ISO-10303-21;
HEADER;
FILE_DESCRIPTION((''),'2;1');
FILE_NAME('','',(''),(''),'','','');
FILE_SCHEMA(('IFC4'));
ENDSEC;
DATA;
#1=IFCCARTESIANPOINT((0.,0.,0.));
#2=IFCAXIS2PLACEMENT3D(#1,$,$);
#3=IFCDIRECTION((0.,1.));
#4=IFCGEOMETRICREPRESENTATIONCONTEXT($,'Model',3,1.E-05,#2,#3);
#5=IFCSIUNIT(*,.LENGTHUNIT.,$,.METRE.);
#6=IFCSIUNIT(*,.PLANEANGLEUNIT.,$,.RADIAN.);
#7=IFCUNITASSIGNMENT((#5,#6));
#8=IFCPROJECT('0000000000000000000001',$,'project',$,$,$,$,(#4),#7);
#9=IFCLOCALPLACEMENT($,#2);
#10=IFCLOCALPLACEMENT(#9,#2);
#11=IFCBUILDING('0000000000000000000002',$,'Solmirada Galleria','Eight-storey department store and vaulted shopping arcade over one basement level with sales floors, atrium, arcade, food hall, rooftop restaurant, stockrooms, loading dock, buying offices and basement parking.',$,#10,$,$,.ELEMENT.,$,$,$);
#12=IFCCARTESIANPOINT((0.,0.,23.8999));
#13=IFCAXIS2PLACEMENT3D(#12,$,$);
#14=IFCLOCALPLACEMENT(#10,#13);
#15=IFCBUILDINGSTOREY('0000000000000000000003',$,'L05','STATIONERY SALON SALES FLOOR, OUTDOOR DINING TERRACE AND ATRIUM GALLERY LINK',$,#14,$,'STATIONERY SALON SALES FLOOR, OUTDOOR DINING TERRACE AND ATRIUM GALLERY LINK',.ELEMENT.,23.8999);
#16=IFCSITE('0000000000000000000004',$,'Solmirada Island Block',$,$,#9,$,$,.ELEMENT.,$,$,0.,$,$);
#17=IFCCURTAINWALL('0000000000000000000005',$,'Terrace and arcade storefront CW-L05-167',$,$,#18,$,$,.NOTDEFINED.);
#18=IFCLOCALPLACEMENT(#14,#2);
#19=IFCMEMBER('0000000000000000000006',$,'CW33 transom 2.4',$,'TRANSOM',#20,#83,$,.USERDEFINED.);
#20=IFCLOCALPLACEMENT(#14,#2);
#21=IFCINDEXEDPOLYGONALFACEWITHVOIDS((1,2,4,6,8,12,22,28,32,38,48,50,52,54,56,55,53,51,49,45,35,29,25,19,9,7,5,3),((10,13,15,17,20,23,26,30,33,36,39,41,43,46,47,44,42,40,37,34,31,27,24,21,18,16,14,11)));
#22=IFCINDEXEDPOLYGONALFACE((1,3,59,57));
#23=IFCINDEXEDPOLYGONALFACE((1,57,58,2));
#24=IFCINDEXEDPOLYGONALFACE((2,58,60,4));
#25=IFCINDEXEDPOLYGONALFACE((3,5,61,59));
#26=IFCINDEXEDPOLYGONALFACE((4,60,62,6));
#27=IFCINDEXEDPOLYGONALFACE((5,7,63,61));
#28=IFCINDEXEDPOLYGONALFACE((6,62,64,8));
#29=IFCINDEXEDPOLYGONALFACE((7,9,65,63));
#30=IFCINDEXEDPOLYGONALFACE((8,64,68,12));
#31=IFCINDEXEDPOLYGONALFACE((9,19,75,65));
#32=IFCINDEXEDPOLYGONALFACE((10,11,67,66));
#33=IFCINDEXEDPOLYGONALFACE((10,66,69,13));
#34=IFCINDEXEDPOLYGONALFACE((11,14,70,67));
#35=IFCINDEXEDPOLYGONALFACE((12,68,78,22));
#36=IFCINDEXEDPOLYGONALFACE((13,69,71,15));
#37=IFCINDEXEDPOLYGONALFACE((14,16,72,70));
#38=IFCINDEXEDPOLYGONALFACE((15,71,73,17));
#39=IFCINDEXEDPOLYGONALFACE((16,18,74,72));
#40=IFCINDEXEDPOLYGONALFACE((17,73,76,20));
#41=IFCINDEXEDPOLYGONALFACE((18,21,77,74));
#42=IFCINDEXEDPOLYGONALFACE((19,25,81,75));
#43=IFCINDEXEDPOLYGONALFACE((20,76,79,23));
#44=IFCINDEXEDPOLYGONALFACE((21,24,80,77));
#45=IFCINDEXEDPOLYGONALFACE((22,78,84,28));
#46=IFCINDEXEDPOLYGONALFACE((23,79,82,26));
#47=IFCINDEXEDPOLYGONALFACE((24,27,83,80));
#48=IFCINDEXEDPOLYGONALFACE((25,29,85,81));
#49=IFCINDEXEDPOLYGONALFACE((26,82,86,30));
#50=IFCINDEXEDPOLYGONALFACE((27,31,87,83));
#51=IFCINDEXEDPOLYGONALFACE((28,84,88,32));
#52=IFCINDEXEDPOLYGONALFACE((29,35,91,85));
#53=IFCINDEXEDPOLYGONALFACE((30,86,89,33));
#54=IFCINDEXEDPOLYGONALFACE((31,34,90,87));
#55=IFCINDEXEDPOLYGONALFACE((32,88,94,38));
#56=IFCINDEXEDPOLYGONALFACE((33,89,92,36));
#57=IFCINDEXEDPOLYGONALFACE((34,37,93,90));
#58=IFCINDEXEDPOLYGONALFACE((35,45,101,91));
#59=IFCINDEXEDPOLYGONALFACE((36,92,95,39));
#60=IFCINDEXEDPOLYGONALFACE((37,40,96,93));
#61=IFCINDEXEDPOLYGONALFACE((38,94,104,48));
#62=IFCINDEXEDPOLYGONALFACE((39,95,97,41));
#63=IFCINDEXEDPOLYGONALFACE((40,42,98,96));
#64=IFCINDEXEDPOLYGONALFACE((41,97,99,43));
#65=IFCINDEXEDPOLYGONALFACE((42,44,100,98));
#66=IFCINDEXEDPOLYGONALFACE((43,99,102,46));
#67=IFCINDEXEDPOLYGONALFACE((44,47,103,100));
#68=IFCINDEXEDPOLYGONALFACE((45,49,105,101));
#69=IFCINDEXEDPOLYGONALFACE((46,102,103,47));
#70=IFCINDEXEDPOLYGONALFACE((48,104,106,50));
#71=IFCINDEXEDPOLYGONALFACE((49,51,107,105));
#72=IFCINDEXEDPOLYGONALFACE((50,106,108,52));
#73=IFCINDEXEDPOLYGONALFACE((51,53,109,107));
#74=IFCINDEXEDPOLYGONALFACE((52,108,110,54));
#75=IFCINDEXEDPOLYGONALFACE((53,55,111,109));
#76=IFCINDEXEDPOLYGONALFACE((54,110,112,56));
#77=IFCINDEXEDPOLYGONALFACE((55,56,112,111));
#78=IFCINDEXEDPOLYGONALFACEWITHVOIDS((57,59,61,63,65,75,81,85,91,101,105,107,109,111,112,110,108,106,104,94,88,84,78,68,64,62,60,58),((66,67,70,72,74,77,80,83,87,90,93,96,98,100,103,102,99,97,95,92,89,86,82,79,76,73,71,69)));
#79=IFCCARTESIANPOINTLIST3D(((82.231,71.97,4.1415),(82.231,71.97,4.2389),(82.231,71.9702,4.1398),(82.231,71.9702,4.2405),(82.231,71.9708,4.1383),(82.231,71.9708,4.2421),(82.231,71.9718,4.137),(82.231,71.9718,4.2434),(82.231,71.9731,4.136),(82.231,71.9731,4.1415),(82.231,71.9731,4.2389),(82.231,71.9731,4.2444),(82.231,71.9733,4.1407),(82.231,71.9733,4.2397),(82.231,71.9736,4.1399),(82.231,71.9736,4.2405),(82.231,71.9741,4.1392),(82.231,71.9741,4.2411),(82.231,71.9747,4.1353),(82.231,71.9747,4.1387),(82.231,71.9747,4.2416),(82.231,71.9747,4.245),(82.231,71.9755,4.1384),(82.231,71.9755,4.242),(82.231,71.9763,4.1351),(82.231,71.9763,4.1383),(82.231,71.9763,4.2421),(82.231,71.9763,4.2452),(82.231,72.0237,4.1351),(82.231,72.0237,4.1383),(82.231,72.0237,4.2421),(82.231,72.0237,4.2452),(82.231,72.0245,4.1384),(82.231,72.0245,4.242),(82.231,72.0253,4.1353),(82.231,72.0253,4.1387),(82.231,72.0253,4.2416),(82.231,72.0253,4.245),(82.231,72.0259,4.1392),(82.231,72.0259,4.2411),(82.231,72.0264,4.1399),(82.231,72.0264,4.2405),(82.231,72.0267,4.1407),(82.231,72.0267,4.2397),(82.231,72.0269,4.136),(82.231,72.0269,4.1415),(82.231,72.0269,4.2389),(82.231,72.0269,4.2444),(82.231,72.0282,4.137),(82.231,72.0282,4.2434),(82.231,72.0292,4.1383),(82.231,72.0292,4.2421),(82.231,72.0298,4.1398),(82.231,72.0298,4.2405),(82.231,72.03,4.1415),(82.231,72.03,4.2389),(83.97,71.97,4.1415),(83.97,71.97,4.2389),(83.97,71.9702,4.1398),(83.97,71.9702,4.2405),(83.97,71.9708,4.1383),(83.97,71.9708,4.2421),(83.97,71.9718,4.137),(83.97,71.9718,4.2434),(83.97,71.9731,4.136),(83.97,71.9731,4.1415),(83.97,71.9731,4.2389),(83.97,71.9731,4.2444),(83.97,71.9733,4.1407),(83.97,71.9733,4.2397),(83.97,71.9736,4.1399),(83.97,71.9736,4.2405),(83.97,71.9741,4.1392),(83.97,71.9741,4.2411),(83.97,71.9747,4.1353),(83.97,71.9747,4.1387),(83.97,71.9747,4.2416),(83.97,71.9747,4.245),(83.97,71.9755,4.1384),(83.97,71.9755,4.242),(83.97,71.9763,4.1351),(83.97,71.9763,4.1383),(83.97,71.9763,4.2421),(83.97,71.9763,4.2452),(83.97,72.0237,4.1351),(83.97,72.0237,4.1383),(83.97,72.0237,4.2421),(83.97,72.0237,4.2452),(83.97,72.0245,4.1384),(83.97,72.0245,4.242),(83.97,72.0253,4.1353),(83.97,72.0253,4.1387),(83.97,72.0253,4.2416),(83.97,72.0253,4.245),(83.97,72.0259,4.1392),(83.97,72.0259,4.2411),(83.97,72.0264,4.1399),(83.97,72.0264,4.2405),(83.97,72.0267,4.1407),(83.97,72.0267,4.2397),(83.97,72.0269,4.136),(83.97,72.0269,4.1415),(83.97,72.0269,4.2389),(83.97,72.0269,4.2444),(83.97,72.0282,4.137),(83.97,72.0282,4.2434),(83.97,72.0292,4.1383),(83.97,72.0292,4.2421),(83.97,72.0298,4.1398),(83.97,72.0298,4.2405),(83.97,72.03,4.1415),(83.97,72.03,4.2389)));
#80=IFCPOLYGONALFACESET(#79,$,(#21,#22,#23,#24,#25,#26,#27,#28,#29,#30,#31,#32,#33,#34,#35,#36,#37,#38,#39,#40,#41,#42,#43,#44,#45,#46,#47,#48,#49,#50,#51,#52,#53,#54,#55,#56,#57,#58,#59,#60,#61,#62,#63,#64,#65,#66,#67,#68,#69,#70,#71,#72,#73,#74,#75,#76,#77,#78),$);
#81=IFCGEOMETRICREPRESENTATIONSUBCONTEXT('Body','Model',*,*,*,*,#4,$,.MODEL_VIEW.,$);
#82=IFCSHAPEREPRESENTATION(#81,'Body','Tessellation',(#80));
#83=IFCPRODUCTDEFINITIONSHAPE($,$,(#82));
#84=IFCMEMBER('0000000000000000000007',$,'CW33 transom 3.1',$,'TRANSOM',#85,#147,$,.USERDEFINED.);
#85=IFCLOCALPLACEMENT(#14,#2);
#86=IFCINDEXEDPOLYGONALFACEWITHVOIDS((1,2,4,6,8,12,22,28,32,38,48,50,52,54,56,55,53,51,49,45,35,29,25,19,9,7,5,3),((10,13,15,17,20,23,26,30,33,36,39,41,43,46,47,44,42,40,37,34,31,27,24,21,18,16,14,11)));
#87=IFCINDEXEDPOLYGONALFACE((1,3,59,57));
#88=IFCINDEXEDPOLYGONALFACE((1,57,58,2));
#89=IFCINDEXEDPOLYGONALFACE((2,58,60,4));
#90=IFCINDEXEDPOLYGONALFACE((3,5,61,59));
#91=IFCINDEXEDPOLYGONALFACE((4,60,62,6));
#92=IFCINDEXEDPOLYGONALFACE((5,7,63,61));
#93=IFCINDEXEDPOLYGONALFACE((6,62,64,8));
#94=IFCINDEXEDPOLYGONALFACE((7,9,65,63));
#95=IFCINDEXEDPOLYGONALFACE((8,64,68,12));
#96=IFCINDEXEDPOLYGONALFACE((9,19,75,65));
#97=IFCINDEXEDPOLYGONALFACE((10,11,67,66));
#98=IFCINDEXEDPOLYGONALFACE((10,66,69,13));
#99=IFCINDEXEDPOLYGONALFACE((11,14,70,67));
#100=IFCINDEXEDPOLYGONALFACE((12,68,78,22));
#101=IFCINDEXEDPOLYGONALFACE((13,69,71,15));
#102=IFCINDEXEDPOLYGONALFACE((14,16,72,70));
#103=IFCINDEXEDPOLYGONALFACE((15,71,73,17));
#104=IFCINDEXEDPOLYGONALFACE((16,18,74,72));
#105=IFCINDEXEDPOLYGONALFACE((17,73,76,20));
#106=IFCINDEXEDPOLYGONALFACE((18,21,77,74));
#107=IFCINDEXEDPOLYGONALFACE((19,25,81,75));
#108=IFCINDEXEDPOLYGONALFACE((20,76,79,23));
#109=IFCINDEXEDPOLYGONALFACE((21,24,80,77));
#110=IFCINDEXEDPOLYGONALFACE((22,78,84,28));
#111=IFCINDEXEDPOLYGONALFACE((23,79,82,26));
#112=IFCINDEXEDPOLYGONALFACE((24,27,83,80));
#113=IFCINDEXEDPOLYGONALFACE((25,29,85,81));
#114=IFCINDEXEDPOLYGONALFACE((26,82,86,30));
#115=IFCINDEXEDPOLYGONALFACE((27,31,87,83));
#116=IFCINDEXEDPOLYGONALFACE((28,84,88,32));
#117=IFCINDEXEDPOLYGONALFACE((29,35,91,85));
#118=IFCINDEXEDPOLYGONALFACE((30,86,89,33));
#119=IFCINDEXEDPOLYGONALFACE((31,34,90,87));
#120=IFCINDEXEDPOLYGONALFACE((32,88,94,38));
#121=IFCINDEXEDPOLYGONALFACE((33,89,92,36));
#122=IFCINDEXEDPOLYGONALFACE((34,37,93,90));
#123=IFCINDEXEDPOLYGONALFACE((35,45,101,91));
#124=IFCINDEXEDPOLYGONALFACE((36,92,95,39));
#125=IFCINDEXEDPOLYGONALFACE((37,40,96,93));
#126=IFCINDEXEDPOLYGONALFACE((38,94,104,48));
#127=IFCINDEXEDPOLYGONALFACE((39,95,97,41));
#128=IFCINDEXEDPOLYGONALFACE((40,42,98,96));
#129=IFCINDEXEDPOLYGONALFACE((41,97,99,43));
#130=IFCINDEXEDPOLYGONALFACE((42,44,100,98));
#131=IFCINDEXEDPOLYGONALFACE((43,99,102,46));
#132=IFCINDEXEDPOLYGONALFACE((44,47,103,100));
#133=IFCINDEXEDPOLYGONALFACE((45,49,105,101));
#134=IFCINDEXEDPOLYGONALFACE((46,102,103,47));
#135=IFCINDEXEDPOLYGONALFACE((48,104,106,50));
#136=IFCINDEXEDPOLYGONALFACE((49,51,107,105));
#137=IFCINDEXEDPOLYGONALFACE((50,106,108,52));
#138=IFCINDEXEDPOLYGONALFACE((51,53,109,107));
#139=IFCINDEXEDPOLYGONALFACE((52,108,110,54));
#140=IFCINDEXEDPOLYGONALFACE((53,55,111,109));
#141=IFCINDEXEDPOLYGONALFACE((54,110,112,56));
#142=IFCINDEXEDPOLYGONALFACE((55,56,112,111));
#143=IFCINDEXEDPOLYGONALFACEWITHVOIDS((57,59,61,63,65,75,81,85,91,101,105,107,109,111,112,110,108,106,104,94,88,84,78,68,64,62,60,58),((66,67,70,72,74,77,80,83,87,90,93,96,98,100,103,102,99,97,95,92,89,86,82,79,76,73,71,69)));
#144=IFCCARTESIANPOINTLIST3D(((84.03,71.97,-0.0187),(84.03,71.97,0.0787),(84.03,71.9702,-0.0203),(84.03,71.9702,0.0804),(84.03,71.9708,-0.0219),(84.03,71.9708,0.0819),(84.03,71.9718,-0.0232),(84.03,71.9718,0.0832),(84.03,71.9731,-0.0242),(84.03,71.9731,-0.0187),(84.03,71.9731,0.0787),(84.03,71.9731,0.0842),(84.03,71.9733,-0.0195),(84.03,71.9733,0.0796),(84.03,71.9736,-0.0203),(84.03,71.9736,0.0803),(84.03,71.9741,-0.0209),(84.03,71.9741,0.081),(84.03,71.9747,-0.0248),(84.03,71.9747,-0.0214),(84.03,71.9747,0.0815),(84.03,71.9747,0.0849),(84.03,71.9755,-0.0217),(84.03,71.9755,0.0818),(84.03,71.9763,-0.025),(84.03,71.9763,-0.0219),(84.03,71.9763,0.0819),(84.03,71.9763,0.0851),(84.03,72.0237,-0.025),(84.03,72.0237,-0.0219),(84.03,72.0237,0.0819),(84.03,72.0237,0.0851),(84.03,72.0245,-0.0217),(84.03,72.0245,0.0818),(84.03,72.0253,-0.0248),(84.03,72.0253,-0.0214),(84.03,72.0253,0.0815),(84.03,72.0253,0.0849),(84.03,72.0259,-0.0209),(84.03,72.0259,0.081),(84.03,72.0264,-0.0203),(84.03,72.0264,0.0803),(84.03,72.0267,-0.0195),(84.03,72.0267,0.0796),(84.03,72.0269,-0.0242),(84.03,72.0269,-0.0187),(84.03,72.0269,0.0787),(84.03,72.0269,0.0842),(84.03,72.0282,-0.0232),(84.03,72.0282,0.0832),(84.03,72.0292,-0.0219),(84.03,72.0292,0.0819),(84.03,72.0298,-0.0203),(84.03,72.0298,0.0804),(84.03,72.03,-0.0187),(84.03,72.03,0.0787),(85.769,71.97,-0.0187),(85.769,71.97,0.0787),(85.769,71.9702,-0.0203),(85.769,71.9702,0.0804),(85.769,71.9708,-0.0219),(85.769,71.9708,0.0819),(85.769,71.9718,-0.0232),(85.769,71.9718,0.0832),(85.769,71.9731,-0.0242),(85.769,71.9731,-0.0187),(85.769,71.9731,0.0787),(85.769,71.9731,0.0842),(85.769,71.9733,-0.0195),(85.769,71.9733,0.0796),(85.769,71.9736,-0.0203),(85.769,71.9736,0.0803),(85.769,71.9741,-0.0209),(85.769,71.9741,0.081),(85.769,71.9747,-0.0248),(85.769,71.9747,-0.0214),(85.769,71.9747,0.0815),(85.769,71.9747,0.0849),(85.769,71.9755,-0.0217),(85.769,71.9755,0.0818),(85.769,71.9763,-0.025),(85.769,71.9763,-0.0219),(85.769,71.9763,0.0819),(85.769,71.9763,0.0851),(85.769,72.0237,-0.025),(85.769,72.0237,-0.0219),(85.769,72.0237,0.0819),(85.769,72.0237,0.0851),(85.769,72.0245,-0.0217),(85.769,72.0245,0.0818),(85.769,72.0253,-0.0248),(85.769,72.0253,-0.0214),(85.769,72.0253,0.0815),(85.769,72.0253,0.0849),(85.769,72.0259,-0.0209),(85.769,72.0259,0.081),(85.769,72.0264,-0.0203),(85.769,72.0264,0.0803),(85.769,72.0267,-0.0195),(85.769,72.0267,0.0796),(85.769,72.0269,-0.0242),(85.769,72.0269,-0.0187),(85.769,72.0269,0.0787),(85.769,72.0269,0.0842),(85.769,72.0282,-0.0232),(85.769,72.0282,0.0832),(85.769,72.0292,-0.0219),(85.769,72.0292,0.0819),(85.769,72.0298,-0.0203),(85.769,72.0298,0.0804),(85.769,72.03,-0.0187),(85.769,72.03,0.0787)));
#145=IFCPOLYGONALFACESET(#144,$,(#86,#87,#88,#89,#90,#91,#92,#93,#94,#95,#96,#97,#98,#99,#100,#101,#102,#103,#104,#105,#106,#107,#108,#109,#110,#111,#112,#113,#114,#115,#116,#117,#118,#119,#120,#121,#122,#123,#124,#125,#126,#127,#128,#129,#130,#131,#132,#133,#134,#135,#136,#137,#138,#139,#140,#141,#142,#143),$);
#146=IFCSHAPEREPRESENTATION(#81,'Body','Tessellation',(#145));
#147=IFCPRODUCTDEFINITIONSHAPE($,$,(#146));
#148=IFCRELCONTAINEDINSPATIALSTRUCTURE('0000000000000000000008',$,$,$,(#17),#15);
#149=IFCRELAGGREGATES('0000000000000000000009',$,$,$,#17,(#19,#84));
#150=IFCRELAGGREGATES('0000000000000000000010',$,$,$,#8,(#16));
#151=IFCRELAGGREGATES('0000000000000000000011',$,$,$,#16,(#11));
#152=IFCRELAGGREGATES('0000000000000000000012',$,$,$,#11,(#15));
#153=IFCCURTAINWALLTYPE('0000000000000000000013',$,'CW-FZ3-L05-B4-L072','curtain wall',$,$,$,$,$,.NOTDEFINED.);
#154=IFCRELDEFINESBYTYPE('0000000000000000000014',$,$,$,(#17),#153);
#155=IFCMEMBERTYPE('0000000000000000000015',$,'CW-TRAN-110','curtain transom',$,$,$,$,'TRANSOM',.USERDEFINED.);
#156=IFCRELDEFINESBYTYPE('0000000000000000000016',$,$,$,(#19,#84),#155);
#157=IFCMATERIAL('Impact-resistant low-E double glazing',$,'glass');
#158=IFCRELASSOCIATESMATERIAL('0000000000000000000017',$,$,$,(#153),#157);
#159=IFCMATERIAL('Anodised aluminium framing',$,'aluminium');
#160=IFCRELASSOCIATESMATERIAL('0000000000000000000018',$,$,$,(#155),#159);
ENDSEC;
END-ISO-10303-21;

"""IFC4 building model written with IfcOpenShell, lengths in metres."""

from ifc_helpers import new_model, si_unit, direction, frame, origin, origin_2d, place, context, subcontext, project, spatial, hollow_rectangle, extrude, material, material_profile, profile_set, type_object, element, aggregate, save


model = new_model("IFC4")

# Units and contexts
model_context = context("Model", 3, precision=1e-05, world=origin(), true_north=direction((0.0, 1.0)))
body_context = subcontext(model_context, "Body", "Model", "MODEL_VIEW")
ifc_project = project(units=[si_unit("LENGTHUNIT", "METRE"), si_unit("PLANEANGLEUNIT", "RADIAN")], contexts=[model_context])

# Site, building, storey
site_placement = place(None, origin())
site = spatial("IfcSite", under=ifc_project, at=site_placement, Name="Solmirada Island Block", CompositionType="ELEMENT", RefElevation=0.0)
building_placement = place(site_placement, origin())
building = spatial("IfcBuilding", under=site, at=building_placement, Name="Solmirada Galleria", Description="Eight-storey department store and vaulted shopping arcade over one basement level with sales floors, atrium, arcade, food hall, rooftop restaurant, stockrooms, loading dock, buying offices and basement parking.", CompositionType="ELEMENT")
storey_placement = place(building_placement, frame((0.0, 0.0, 23.8999)))
storey = spatial("IfcBuildingStorey", under=building, at=storey_placement, Name="L05", Description="STATIONERY SALON SALES FLOOR, OUTDOOR DINING TERRACE AND ATRIUM GALLERY LINK", LongName="STATIONERY SALON SALES FLOOR, OUTDOOR DINING TERRACE AND ATRIUM GALLERY LINK", CompositionType="ELEMENT", Elevation=23.8999)

# Curtain wall, members
ifc_material_1 = material(Name="Impact-resistant low-E double glazing", Category="glass")
curtain_wall_type = type_object("IfcCurtainWallType", Name="CW-FZ3-L05-B4-L072", Description="curtain wall", PredefinedType="NOTDEFINED", material=ifc_material_1)
curtain_wall_placement = place(storey_placement, origin())
curtain_wall = element("IfcCurtainWall", 1, at=curtain_wall_placement, inside=storey, type_object=curtain_wall_type, Name="Terrace and arcade storefront CW-L05-167", PredefinedType="NOTDEFINED")
ifc_material_2 = material(Name="Anodised aluminium framing", Category="aluminium")
ifc_material_profile_1 = material_profile(ifc_material_2, hollow_rectangle(XDim=0.0601, YDim=0.1101, WallThickness=0.0032, InnerFilletRadius=0.0032, OuterFilletRadius=0.0063, at=origin_2d()), Name="ALU-TRAN-110X60")
ifc_profile_set_1 = profile_set([ifc_material_profile_1], Name="Anodised aluminium framing")
member_type_1 = type_object("IfcMemberType", Name="CW-TRAN-110", Description="curtain transom", ElementType="TRANSOM", PredefinedType="USERDEFINED", material=ifc_profile_set_1)
member_1_placement = place(storey_placement, frame((82.231, 72.0, 4.1902), z_axis=(1.0, 0.0, 0.0), x_axis=(0.0, 1.0, 0.0)))
member_1 = element("IfcMember", 2, at=member_1_placement, type_object=member_type_1, Name="CW33 transom 2.4", ObjectType="TRANSOM", PredefinedType="USERDEFINED", context=body_context, shape_type="SweptSolid", body=[
    extrude(hollow_rectangle(XDim=0.0601, YDim=0.1101, WallThickness=0.0032, InnerFilletRadius=0.0032, OuterFilletRadius=0.0063, at=origin_2d()), origin(), (0.0, 0.0, 1.0), 1.739),
])
member_2_placement = place(storey_placement, frame((84.03, 72.0, 0.03), z_axis=(1.0, 0.0, 0.0), x_axis=(0.0, 1.0, 0.0)))
member_2 = element("IfcMember", 3, at=member_2_placement, type_object=member_type_1, Name="CW33 transom 3.1", ObjectType="TRANSOM", PredefinedType="USERDEFINED", context=body_context, shape_type="SweptSolid", body=[
    extrude(hollow_rectangle(XDim=0.0601, YDim=0.1101, WallThickness=0.0032, InnerFilletRadius=0.0032, OuterFilletRadius=0.0063, at=origin_2d()), origin(), (0.0, 0.0, 1.0), 1.739),
])
aggregate(curtain_wall, [member_1, member_2])

save(model, "model.ifc")
